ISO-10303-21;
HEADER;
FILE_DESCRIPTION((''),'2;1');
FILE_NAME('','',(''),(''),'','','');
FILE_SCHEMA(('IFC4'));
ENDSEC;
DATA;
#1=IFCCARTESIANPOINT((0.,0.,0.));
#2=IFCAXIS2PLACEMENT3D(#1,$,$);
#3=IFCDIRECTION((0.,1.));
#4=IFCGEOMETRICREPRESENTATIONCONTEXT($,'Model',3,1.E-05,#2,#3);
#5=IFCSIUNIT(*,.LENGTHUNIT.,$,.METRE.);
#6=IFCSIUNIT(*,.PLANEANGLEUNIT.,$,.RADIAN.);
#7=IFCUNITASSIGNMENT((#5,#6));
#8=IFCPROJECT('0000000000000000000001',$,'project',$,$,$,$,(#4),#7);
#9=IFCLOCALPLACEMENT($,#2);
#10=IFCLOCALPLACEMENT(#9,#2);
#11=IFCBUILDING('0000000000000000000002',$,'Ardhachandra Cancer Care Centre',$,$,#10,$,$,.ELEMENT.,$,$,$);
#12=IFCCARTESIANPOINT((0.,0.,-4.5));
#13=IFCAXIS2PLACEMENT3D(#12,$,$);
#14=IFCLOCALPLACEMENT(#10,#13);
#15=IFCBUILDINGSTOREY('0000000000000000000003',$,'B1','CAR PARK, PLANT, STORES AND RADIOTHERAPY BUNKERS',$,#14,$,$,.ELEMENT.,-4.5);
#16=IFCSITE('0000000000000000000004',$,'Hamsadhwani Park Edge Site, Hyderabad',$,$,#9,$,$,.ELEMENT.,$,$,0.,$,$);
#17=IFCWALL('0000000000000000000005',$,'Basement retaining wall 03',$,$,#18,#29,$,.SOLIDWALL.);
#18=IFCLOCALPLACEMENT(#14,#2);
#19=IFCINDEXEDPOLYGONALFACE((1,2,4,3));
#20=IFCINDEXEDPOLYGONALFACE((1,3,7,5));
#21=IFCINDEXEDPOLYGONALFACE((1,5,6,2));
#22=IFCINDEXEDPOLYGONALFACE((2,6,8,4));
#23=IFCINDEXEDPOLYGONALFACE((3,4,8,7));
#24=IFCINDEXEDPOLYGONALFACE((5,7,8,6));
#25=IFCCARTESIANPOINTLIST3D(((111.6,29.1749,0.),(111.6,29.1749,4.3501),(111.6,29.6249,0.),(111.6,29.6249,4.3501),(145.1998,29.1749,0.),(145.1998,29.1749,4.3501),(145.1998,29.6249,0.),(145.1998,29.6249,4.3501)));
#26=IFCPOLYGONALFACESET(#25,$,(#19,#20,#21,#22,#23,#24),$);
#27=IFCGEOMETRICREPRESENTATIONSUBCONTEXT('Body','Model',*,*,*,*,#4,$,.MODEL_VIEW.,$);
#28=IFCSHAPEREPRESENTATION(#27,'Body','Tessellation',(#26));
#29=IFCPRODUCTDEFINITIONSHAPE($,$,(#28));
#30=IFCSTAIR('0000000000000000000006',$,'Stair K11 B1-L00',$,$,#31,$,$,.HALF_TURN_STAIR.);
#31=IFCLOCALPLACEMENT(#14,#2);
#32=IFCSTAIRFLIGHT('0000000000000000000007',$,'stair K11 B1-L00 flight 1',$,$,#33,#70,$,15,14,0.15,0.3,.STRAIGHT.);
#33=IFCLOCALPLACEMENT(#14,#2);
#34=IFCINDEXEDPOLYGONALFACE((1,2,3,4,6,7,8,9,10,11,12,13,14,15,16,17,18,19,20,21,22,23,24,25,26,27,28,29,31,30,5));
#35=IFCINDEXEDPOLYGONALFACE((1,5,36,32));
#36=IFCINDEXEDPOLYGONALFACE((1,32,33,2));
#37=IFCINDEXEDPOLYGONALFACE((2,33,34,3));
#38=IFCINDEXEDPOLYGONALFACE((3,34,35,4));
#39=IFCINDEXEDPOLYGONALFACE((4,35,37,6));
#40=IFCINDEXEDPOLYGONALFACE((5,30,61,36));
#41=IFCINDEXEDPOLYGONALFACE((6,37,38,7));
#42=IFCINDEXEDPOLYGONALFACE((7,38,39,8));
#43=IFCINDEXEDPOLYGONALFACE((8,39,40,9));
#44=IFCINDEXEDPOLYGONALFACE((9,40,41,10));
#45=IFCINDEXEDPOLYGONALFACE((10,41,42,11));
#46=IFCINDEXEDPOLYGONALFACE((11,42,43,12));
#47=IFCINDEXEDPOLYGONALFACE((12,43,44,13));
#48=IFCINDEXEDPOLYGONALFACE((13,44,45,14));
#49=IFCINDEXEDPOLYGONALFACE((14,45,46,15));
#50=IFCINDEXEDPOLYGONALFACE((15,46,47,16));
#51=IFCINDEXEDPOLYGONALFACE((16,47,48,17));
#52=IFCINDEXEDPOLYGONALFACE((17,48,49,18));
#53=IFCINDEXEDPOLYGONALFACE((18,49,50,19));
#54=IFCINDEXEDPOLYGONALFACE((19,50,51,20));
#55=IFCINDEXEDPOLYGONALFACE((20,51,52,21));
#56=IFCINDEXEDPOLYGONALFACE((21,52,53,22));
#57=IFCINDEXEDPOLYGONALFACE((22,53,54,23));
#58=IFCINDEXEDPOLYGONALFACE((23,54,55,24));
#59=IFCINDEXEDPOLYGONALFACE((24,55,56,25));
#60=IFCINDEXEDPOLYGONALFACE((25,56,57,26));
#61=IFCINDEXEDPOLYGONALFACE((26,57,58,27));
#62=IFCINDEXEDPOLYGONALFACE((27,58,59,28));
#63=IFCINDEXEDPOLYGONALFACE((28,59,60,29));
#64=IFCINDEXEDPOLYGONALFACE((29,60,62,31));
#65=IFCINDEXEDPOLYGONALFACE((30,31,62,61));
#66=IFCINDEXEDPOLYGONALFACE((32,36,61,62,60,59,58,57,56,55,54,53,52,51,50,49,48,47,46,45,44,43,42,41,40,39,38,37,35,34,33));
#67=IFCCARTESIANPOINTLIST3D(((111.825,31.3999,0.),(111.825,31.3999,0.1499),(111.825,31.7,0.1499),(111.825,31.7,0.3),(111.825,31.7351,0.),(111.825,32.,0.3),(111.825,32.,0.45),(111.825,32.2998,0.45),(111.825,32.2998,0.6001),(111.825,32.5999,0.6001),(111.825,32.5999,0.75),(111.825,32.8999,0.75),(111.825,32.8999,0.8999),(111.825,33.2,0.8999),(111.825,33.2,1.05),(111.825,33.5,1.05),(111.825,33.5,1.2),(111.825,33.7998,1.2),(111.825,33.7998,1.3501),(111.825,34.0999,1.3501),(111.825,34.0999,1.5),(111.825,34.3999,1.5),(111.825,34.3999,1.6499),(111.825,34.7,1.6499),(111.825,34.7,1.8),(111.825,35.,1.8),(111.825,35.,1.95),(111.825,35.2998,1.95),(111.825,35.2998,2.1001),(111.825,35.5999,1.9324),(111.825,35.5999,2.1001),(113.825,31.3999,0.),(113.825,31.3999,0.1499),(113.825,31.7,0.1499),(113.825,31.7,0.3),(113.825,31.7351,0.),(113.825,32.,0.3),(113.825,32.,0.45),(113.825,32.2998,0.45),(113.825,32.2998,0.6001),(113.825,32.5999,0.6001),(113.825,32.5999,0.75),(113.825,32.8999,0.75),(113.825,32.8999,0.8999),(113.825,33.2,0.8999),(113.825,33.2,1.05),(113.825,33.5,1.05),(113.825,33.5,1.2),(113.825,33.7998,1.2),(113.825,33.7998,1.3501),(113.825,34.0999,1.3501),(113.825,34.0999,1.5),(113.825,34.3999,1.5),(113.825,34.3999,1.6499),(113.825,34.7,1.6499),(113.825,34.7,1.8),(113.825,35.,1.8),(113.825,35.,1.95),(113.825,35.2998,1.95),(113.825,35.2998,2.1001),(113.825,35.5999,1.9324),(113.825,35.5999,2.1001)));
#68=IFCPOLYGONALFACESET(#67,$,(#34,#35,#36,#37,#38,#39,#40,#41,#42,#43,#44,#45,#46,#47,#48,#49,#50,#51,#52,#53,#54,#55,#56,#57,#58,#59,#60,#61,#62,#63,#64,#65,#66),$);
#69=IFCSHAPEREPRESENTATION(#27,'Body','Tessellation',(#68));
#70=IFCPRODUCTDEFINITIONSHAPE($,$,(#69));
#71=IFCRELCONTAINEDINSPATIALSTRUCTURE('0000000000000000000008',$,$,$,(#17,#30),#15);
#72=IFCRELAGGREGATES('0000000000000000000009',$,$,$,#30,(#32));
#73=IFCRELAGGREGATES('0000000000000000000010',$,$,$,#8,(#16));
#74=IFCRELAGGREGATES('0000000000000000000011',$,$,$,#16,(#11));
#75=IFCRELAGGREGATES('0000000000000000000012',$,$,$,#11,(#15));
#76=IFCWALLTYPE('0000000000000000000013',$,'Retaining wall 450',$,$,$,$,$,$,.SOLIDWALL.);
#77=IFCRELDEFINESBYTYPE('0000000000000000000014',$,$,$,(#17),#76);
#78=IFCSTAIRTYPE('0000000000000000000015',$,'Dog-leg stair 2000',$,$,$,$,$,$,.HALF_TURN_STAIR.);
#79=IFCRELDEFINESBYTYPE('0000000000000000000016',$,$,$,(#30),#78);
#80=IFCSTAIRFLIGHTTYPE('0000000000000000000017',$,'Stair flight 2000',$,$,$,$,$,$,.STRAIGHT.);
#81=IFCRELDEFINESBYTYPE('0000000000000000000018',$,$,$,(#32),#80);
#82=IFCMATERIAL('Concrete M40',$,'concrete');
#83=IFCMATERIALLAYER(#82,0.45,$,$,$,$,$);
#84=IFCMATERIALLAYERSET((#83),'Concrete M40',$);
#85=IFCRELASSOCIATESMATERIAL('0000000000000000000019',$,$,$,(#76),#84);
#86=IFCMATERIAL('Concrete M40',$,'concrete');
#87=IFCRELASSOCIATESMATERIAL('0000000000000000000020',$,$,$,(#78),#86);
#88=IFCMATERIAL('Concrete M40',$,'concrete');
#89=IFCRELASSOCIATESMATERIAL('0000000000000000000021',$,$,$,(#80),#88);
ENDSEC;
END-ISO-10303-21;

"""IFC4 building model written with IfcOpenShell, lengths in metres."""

from ifc_helpers import new_model, si_unit, direction, frame, frame_2d, origin, place, context, subcontext, project, spatial, polyline, rectangle, outline, extrude, material, layer, layer_set, type_object, element, aggregate, save


model = new_model("IFC4")

# Units and contexts
model_context = context("Model", 3, precision=1e-05, world=origin(), true_north=direction((0.0, 1.0)))
body_context = subcontext(model_context, "Body", "Model", "MODEL_VIEW")
ifc_project = project(units=[si_unit("LENGTHUNIT", "METRE"), si_unit("PLANEANGLEUNIT", "RADIAN")], contexts=[model_context])

# Site, building, storey
site_placement = place(None, origin())
site = spatial("IfcSite", under=ifc_project, at=site_placement, Name="Hamsadhwani Park Edge Site, Hyderabad", CompositionType="ELEMENT", RefElevation=0.0)
building_placement = place(site_placement, origin())
building = spatial("IfcBuilding", under=site, at=building_placement, Name="Ardhachandra Cancer Care Centre", CompositionType="ELEMENT")
storey_placement = place(building_placement, frame((0.0, 0.0, -4.5)))
storey = spatial("IfcBuildingStorey", under=building, at=storey_placement, Name="B1", Description="CAR PARK, PLANT, STORES AND RADIOTHERAPY BUNKERS", CompositionType="ELEMENT", Elevation=-4.5)

# Wall
ifc_material_1 = material(Name="Concrete M40", Category="concrete")
ifc_layer_1 = layer(ifc_material_1, 0.45)
ifc_layer_set_1 = layer_set([ifc_layer_1], Name="Concrete M40")
wall_type_1 = type_object("IfcWallType", Name="Retaining wall 450", PredefinedType="SOLIDWALL", material=ifc_layer_set_1)
wall_1_placement = place(storey_placement, frame((111.6001, 29.3999, 0.0), z_axis=(0.0, 0.0, 1.0), x_axis=(1.0, 0.0, 0.0)))
element("IfcWall", 1, at=wall_1_placement, inside=storey, type_object=wall_type_1, Name="Basement retaining wall 03", PredefinedType="SOLIDWALL", context=body_context, shape_type="SweptSolid", body=[
    extrude(rectangle(XDim=33.5999, YDim=0.45, at=frame_2d((16.7998, 0.0))), origin(), (0.0, 0.0, 1.0), 4.3501),
])

# Stair, stair flight
ifc_material_2 = material(Name="Concrete M40", Category="concrete")
stair_type = type_object("IfcStairType", Name="Dog-leg stair 2000", PredefinedType="HALF_TURN_STAIR", material=ifc_material_2)
stair_placement = place(storey_placement, origin())
stair = element("IfcStair", 2, at=stair_placement, inside=storey, type_object=stair_type, Name="Stair K11 B1-L00", PredefinedType="HALF_TURN_STAIR")
ifc_material_3 = material(Name="Concrete M40", Category="concrete")
stair_flight_type = type_object("IfcStairFlightType", Name="Stair flight 2000", PredefinedType="STRAIGHT", material=ifc_material_3)
stair_flight_placement = place(storey_placement, frame((112.825, 31.3999, 0.0), z_axis=(0.0, 0.0, 1.0), x_axis=(0.0, 1.0, 0.0)))
stair_flight = element("IfcStairFlight", 3, at=stair_flight_placement, type_object=stair_flight_type, Name="stair K11 B1-L00 flight 1", NumberOfRisers=15, NumberOfTreads=14, PredefinedType="STRAIGHT", RiserHeight=0.15, TreadLength=0.3, context=body_context, shape_type="SweptSolid", body=[
    extrude(outline(polyline([(0.0, 0.0), (0.0, 0.1499), (0.3, 0.1499), (0.3, 0.3), (0.6001, 0.3), (0.6001, 0.45), (0.8999, 0.45), (0.8999, 0.6001), (1.2, 0.6001), (1.2, 0.75), (1.5, 0.75), (1.5, 0.8999), (1.8, 0.8999), (1.8, 1.05), (2.1001, 1.05), (2.1001, 1.2), (2.3999, 1.2), (2.3999, 1.3501), (2.7, 1.3501), (2.7, 1.5), (3.0, 1.5), (3.0, 1.6499), (3.3, 1.6499), (3.3, 1.8), (3.6001, 1.8), (3.6001, 1.95), (3.8999, 1.95), (3.8999, 2.1001), (4.2, 2.1001), (4.2, 2.25), (4.2, 1.9324), (0.3352, 0.0), (0.0, 0.0)])), frame((0.0, 1.0, 0.0), z_axis=(0.0, -1.0, 0.0), x_axis=(1.0, 0.0, 0.0)), (0.0, 0.0, 1.0), 2.0),
])
aggregate(stair, [stair_flight])

save(model, "model.ifc")
